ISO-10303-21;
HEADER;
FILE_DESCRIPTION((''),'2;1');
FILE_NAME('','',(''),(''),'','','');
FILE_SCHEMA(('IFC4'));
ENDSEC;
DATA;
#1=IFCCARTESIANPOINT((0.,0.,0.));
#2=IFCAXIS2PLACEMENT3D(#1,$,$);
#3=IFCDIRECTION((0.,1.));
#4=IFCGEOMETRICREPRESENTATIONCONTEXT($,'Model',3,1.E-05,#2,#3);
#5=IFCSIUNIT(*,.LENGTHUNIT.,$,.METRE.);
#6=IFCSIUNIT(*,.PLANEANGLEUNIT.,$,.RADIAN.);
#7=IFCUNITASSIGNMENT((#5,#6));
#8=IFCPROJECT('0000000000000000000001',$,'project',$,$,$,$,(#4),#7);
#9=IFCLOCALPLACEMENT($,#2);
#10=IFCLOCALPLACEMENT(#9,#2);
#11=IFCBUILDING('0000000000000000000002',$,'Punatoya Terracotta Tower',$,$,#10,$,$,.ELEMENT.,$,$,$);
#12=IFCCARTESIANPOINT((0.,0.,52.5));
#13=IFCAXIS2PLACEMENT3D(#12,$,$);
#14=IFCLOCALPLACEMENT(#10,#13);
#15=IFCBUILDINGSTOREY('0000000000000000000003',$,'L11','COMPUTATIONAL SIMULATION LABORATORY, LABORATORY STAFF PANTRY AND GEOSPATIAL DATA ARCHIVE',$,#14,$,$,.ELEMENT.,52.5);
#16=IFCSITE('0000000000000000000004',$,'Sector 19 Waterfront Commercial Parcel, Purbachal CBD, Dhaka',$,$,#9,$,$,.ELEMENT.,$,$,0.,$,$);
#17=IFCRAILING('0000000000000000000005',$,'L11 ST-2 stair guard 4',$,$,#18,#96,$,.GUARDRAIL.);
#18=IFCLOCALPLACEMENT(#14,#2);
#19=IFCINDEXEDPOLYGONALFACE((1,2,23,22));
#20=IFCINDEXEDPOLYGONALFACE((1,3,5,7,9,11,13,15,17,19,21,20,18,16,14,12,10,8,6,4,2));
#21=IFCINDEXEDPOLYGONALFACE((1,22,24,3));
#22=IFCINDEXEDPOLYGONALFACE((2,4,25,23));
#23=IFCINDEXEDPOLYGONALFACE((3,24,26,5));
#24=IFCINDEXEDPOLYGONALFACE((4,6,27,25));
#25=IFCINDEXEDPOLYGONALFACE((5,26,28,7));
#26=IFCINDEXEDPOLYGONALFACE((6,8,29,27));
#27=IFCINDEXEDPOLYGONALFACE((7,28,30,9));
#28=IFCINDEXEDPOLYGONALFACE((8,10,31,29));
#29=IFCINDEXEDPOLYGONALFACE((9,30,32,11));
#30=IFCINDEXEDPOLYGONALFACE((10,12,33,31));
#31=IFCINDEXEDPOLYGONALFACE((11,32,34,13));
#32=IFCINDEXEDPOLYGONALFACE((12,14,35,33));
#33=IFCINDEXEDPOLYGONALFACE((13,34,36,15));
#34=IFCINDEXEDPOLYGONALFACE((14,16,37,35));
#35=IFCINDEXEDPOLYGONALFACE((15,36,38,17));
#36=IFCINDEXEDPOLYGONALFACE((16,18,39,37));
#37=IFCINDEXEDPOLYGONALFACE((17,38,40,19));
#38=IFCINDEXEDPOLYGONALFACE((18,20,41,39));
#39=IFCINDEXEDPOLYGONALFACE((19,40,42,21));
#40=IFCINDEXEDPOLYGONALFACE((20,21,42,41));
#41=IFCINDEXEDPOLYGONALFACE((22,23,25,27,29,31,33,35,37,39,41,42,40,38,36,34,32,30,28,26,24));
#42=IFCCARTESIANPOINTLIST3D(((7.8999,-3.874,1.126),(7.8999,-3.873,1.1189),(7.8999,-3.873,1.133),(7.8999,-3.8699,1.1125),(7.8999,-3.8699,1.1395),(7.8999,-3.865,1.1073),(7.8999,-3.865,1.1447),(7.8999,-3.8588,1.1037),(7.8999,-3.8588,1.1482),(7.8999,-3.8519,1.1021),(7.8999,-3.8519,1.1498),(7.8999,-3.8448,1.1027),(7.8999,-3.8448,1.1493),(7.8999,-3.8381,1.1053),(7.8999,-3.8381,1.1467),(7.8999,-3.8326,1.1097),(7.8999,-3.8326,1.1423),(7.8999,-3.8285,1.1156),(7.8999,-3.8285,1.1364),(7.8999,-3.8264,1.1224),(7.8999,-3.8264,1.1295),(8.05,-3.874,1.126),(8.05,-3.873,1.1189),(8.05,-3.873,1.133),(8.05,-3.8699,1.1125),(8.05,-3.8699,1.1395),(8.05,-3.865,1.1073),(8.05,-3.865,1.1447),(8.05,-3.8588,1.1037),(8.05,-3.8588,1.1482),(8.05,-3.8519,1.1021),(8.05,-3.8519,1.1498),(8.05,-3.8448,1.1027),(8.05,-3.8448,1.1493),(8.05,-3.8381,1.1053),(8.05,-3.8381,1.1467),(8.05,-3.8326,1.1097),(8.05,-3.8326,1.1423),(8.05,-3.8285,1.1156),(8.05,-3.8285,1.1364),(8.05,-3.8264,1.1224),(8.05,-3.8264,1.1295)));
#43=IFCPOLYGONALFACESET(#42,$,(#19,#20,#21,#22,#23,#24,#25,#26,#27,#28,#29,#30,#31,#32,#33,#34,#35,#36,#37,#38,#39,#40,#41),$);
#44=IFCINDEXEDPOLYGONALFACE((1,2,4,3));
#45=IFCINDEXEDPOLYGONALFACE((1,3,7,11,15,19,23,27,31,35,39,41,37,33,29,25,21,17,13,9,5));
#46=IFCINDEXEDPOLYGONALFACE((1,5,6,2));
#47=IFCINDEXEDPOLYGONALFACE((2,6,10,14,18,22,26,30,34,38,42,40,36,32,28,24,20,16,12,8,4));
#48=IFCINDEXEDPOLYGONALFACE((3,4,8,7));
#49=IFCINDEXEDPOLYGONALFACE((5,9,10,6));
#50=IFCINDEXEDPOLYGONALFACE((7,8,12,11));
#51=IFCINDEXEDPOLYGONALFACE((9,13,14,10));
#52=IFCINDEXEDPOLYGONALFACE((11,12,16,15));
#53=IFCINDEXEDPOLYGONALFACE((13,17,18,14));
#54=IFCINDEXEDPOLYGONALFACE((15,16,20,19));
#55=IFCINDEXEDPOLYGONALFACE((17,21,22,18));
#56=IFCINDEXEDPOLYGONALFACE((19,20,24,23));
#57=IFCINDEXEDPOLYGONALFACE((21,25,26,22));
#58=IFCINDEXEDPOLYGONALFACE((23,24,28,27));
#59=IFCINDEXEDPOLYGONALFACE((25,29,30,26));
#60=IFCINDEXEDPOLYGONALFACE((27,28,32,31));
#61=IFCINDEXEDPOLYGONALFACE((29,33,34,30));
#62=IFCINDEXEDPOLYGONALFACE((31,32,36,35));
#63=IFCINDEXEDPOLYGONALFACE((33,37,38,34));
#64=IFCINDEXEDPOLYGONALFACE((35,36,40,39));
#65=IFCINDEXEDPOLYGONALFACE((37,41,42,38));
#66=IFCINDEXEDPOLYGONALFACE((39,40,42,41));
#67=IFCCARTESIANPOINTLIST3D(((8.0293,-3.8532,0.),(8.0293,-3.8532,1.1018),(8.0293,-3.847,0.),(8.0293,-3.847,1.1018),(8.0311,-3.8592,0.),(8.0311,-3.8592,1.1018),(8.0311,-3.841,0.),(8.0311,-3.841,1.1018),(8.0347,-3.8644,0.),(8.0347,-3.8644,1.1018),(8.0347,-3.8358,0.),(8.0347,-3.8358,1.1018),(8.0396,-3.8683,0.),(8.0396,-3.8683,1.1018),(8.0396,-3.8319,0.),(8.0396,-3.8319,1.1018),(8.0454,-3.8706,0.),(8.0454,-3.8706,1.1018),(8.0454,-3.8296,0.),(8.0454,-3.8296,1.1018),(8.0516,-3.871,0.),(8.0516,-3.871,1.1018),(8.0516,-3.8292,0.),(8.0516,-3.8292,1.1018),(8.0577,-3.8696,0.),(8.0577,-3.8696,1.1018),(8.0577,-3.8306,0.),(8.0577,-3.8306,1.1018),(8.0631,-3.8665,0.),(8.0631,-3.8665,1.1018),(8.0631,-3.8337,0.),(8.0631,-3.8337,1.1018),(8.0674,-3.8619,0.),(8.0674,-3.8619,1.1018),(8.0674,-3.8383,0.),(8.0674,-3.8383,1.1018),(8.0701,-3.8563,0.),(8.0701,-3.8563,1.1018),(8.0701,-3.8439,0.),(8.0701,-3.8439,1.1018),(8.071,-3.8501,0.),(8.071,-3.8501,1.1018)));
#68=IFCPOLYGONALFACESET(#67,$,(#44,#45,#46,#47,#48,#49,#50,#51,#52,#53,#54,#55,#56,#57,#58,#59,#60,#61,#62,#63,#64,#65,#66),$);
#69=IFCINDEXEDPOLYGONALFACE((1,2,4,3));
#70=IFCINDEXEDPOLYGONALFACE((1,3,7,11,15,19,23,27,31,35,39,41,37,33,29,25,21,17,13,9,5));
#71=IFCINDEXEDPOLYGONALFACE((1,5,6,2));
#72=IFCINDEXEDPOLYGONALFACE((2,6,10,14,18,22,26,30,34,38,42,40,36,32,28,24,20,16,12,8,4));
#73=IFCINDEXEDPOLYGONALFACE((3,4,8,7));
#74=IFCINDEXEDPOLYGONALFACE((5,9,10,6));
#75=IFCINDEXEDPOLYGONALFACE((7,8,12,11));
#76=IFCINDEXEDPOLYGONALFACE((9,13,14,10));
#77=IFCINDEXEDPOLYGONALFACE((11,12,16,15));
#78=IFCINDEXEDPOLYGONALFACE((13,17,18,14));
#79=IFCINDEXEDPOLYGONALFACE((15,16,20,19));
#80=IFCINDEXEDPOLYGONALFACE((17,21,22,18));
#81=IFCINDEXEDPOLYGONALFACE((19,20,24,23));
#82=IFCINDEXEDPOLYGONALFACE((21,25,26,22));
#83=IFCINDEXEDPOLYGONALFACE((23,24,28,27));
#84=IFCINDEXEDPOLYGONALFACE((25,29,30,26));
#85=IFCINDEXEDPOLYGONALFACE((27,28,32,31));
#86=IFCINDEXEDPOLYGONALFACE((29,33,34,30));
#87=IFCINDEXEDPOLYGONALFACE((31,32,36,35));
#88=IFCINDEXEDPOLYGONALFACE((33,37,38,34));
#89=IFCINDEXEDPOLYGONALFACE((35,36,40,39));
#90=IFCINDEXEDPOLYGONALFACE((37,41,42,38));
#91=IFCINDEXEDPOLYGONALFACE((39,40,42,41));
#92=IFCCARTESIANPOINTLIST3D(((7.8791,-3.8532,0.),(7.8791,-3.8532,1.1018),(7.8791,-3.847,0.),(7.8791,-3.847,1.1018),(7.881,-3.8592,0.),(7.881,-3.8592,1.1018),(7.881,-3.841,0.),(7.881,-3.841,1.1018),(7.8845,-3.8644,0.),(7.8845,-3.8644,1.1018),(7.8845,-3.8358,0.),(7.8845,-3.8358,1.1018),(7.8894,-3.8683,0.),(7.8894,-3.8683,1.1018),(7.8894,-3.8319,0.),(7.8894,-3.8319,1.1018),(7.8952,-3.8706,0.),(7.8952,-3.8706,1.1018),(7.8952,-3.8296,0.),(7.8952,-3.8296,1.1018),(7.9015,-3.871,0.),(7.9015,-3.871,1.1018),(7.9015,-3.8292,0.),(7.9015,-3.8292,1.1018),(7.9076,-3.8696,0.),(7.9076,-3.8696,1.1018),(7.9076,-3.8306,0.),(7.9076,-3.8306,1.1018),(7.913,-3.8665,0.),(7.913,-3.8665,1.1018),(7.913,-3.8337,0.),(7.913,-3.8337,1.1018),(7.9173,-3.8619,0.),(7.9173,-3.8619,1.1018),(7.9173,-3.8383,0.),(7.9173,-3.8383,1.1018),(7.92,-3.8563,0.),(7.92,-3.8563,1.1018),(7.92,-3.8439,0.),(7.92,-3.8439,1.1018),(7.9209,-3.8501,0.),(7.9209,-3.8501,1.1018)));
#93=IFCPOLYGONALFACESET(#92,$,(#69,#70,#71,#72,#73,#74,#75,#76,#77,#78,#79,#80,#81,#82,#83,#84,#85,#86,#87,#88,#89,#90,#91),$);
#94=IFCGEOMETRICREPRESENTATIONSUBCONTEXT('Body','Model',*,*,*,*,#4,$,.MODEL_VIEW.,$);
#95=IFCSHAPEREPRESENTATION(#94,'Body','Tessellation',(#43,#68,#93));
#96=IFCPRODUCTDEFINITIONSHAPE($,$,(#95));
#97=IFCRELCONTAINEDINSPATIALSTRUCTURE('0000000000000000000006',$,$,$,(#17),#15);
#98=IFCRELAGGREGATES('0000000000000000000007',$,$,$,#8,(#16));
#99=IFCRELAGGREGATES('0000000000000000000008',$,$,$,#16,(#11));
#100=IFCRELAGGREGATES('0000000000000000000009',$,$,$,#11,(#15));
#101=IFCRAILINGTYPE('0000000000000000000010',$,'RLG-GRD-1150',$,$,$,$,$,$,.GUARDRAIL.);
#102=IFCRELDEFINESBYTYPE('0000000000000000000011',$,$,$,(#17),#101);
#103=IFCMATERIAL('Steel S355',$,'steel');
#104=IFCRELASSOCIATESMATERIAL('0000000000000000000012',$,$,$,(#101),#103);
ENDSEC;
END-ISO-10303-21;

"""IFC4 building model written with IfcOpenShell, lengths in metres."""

from ifc_helpers import new_model, si_unit, direction, frame, origin, origin_2d, place, context, subcontext, project, spatial, circle, extrude, material, type_object, element, save


model = new_model("IFC4")

# Units and contexts
model_context = context("Model", 3, precision=1e-05, world=origin(), true_north=direction((0.0, 1.0)))
body_context = subcontext(model_context, "Body", "Model", "MODEL_VIEW")
ifc_project = project(units=[si_unit("LENGTHUNIT", "METRE"), si_unit("PLANEANGLEUNIT", "RADIAN")], contexts=[model_context])

# Site, building, storey
site_placement = place(None, origin())
site = spatial("IfcSite", under=ifc_project, at=site_placement, Name="Sector 19 Waterfront Commercial Parcel, Purbachal CBD, Dhaka", CompositionType="ELEMENT", RefElevation=0.0)
building_placement = place(site_placement, origin())
building = spatial("IfcBuilding", under=site, at=building_placement, Name="Punatoya Terracotta Tower", CompositionType="ELEMENT")
storey_placement = place(building_placement, frame((0.0, 0.0, 52.5)))
storey = spatial("IfcBuildingStorey", under=building, at=storey_placement, Name="L11", Description="COMPUTATIONAL SIMULATION LABORATORY, LABORATORY STAFF PANTRY AND GEOSPATIAL DATA ARCHIVE", CompositionType="ELEMENT", Elevation=52.5)

# Shared definitions
ifc_material_1 = material(Name="Steel S355", Category="steel")

# Railing
railing_type_1 = type_object("IfcRailingType", Name="RLG-GRD-1150", PredefinedType="GUARDRAIL", material=ifc_material_1)
railing_1_placement = place(storey_placement, frame((8.05, -3.8501, 0.0)))
element("IfcRailing", 1, at=railing_1_placement, inside=storey, type_object=railing_type_1, Name="L11 ST-2 stair guard 4", PredefinedType="GUARDRAIL", context=body_context, shape_type="SweptSolid", body=[
    extrude(circle(Radius=0.0239, at=origin_2d()), frame((0.0, 0.0, 1.126), z_axis=(-1.0, 0.0, 0.0), x_axis=(0.0, -1.0, 0.0)), (0.0, 0.0, 1.0), 0.1501),
    extrude(circle(Radius=0.021, at=origin_2d()), origin(), (0.0, 0.0, 1.0), 1.1018),
    extrude(circle(Radius=0.021, at=origin_2d()), frame((-0.1501, 0.0, 0.0)), (0.0, 0.0, 1.0), 1.1018),
])

save(model, "model.ifc")
